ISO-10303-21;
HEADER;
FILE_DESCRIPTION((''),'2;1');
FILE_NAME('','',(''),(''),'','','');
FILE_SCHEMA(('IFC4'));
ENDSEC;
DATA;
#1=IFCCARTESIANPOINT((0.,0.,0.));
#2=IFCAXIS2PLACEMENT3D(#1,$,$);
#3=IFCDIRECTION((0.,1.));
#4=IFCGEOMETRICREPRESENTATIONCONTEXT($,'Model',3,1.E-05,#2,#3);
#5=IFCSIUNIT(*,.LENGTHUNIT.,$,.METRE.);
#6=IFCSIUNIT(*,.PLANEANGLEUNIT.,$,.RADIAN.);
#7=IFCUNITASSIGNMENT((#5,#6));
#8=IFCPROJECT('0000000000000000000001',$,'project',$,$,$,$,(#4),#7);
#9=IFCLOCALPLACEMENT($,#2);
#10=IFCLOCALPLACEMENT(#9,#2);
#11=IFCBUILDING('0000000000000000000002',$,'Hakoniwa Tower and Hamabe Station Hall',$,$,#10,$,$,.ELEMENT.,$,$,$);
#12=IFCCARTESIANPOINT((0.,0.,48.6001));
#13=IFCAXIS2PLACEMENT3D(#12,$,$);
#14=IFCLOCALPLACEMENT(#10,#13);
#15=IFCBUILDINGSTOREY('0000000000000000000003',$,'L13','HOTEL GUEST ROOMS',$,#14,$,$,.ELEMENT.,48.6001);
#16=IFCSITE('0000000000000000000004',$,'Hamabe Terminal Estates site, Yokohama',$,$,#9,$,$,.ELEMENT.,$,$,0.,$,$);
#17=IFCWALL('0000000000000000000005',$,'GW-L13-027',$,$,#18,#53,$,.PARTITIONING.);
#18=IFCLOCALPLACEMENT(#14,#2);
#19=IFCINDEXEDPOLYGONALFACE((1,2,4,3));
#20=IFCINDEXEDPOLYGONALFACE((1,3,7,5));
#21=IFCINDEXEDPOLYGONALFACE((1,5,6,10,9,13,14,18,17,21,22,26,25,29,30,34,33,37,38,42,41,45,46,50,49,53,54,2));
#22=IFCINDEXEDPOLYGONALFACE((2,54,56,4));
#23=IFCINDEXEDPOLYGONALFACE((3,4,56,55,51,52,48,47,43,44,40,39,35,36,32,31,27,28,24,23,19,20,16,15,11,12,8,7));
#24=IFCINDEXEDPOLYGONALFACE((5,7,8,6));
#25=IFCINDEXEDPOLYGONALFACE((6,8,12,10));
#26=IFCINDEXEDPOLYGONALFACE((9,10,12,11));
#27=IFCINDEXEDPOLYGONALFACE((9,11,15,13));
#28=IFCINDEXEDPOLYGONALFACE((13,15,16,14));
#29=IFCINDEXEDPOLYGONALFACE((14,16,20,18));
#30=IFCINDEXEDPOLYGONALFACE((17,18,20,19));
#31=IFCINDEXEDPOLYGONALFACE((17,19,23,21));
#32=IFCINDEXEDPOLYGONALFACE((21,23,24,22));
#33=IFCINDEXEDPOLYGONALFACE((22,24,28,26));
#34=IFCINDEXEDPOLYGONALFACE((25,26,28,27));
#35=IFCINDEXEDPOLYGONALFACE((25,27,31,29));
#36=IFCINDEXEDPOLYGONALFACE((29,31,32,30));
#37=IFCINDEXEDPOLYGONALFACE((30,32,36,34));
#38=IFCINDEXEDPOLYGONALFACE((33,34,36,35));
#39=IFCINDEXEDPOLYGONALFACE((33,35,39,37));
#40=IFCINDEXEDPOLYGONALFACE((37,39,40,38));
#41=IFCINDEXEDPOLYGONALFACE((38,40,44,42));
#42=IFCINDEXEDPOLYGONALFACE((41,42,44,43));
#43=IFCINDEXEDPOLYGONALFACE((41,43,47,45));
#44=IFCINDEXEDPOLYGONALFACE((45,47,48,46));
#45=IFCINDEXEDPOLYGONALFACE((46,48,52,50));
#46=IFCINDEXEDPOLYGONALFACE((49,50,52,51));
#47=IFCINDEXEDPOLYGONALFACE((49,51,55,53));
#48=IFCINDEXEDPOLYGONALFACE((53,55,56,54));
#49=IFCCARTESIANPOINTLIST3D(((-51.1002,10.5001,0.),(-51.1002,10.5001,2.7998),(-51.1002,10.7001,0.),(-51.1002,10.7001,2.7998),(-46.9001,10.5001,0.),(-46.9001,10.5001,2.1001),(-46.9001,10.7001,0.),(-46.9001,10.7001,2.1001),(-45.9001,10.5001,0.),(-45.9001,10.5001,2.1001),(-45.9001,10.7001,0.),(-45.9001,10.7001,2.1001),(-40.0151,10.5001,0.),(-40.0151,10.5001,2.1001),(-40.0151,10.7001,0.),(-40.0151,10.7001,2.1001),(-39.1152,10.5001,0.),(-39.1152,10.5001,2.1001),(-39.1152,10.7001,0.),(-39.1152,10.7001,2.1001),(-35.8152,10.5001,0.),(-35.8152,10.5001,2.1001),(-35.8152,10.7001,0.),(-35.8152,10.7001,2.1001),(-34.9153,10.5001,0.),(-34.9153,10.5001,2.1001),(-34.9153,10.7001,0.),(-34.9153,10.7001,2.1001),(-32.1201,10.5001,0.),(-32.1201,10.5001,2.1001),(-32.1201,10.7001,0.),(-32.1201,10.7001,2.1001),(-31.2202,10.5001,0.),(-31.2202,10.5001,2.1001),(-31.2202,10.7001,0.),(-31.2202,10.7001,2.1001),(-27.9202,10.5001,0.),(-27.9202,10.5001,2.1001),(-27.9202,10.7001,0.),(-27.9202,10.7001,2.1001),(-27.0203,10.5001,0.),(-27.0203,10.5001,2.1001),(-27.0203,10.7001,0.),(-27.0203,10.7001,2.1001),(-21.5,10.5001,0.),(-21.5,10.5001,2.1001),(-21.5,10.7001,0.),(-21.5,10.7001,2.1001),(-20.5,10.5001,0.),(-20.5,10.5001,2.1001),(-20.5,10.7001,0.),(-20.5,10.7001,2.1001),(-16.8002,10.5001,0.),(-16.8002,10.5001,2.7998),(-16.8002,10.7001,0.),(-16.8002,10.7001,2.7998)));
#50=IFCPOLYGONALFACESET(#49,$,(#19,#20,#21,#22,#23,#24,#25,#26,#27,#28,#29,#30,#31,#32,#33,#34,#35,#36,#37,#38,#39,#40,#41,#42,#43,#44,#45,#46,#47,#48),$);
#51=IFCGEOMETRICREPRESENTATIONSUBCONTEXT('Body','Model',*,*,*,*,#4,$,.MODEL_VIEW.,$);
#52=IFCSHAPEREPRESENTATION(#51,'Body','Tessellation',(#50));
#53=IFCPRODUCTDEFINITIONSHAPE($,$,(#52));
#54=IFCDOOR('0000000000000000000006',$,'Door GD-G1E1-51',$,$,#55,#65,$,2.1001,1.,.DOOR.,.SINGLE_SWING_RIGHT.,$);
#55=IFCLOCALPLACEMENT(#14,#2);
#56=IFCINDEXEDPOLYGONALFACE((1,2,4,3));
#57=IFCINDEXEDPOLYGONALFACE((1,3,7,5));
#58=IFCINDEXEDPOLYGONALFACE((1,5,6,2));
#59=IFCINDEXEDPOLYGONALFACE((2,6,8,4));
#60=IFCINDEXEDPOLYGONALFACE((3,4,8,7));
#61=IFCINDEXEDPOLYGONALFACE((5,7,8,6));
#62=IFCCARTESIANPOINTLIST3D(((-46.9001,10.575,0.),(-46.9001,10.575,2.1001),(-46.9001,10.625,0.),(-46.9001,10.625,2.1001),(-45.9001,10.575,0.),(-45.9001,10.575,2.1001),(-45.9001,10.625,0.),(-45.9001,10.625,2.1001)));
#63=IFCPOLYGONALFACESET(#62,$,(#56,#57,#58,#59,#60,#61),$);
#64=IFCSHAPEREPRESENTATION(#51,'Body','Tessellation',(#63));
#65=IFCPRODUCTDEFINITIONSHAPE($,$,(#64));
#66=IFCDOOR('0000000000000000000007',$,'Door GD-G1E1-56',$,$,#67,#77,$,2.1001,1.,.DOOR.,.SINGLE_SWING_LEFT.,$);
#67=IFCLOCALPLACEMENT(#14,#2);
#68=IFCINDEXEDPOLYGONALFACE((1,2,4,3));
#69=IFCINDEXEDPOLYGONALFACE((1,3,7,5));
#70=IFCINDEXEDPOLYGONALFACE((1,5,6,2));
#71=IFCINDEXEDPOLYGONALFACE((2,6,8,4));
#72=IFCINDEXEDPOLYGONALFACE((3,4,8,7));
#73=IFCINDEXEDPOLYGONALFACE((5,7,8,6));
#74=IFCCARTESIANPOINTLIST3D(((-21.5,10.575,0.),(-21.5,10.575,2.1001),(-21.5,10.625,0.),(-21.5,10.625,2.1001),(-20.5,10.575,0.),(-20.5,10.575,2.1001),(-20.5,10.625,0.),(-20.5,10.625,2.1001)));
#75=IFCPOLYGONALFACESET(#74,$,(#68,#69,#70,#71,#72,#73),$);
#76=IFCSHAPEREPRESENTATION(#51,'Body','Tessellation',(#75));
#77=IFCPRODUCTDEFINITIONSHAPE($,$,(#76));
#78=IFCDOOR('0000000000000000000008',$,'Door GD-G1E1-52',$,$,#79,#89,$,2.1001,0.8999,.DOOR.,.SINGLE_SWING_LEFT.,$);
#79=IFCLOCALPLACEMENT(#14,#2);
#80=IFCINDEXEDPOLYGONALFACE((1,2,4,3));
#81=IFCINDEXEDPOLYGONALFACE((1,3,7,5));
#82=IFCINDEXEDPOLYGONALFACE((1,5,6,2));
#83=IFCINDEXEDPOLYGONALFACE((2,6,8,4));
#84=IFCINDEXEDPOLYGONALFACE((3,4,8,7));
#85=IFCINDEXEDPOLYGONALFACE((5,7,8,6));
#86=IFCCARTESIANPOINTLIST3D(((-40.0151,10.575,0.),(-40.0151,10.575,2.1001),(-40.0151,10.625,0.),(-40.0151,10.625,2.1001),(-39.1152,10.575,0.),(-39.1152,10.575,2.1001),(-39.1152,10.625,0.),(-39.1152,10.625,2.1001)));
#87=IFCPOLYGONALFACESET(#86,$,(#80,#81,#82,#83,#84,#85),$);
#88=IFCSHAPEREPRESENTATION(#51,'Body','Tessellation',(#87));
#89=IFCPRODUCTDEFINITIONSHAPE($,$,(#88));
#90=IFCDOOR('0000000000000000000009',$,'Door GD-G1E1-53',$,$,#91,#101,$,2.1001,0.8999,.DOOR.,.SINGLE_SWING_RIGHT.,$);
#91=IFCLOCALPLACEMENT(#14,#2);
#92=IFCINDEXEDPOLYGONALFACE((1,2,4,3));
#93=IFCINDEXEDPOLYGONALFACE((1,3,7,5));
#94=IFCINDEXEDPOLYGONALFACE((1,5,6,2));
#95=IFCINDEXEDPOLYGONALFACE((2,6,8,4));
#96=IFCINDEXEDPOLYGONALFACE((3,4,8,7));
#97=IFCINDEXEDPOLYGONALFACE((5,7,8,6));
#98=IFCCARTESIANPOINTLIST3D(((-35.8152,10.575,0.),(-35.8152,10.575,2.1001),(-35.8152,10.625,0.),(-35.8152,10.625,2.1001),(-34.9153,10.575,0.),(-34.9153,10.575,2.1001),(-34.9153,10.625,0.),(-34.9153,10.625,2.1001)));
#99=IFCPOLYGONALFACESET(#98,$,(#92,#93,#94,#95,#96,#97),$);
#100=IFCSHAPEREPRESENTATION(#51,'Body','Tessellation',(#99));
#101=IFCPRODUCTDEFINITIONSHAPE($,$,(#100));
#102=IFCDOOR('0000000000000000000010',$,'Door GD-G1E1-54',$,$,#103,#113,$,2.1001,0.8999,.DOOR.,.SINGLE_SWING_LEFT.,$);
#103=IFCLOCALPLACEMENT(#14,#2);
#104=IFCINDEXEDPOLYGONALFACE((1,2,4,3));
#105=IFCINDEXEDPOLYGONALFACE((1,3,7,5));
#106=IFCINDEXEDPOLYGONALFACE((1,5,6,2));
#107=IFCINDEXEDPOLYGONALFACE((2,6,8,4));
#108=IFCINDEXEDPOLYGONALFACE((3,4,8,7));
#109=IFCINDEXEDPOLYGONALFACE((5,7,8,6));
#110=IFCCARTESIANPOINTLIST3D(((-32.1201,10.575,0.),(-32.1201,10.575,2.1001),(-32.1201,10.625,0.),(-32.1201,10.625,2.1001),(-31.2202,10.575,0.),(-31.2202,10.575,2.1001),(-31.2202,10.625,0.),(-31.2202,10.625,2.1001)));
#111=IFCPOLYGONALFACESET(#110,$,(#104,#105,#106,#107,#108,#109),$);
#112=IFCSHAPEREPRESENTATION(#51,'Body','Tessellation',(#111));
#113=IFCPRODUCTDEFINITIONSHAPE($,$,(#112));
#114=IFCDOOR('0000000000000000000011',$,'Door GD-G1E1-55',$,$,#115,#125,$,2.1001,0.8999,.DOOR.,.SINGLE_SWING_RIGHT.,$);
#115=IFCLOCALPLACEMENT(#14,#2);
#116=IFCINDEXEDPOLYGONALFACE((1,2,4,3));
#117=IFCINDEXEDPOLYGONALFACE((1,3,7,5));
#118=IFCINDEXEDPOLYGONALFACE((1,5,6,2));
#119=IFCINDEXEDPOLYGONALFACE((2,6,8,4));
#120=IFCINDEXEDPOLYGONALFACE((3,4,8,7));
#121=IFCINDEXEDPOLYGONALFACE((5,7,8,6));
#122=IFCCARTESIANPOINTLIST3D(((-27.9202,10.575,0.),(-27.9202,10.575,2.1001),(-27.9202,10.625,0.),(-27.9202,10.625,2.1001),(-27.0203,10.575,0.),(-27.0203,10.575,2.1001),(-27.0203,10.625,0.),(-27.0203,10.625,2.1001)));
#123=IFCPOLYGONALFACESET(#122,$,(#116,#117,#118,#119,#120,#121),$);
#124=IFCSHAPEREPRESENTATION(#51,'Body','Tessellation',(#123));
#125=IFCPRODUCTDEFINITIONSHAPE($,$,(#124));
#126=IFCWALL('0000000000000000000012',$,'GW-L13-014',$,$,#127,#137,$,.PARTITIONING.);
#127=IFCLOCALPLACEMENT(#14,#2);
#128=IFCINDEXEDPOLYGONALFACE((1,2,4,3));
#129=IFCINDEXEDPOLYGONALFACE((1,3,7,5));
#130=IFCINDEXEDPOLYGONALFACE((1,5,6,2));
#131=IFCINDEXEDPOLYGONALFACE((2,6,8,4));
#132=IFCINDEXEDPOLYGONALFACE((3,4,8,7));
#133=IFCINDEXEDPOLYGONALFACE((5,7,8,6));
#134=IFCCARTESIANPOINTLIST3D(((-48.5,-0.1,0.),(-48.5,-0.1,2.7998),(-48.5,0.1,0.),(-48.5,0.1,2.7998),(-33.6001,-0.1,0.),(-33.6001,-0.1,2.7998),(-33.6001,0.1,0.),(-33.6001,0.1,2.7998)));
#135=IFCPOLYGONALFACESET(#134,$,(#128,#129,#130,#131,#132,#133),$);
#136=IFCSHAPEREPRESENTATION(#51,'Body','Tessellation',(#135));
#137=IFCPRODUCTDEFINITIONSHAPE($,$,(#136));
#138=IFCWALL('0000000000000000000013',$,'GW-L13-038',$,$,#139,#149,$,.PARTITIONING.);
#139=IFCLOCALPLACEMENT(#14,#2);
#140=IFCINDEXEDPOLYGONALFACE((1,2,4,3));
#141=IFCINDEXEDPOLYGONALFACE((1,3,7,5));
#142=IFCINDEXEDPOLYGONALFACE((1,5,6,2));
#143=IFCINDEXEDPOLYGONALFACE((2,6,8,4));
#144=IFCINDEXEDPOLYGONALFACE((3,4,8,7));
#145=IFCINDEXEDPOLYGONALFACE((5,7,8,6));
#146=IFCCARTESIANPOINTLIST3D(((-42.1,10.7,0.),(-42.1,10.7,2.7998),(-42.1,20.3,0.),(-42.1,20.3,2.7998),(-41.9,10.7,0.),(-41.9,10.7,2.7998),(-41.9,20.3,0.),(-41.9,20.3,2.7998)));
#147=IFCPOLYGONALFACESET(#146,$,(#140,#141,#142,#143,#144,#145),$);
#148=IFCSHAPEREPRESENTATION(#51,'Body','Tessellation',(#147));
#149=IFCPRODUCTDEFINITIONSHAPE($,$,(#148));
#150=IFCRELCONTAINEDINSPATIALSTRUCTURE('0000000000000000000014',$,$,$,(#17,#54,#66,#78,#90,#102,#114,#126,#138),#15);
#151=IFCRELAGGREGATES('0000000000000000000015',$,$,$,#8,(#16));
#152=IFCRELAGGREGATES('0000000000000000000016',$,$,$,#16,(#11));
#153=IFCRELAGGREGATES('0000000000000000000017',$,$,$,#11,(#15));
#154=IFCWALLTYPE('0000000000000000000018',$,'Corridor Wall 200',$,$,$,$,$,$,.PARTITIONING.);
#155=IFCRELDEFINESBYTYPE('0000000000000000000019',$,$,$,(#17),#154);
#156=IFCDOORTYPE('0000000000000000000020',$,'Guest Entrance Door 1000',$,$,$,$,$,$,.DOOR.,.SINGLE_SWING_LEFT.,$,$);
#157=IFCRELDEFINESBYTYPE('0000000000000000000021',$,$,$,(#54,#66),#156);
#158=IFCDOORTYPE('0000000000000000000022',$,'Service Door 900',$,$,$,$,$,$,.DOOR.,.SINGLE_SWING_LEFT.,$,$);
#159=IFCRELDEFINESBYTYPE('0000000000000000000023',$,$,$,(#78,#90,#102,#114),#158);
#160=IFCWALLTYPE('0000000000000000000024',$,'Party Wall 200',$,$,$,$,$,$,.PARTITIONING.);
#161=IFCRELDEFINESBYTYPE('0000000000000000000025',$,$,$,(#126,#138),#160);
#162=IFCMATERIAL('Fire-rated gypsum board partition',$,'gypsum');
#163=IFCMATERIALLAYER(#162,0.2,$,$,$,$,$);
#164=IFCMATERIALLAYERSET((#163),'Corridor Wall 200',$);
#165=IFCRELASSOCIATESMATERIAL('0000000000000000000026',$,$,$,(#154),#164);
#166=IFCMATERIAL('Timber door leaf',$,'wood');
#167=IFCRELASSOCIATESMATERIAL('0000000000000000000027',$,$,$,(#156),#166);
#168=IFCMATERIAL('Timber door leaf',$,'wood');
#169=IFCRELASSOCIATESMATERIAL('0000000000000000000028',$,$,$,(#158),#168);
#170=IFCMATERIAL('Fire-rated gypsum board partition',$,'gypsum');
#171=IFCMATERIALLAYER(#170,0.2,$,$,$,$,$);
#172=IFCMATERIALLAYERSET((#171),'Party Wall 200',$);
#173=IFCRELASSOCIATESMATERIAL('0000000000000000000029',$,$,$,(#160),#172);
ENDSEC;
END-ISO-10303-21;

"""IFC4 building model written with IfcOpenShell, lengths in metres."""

from ifc_helpers import new_model, si_unit, direction, frame, frame_2d, origin, place, context, subcontext, project, spatial, rectangle, extrude, material, layer, layer_set, type_object, element, fill, save


model = new_model("IFC4")

# Units and contexts
model_context = context("Model", 3, precision=1e-05, world=origin(), true_north=direction((0.0, 1.0)))
body_context = subcontext(model_context, "Body", "Model", "MODEL_VIEW")
ifc_project = project(units=[si_unit("LENGTHUNIT", "METRE"), si_unit("PLANEANGLEUNIT", "RADIAN")], contexts=[model_context])

# Site, building, storey
site_placement = place(None, origin())
site = spatial("IfcSite", under=ifc_project, at=site_placement, Name="Hamabe Terminal Estates site, Yokohama", CompositionType="ELEMENT", RefElevation=0.0)
building_placement = place(site_placement, origin())
building = spatial("IfcBuilding", under=site, at=building_placement, Name="Hakoniwa Tower and Hamabe Station Hall", CompositionType="ELEMENT")
storey_placement = place(building_placement, frame((0.0, 0.0, 48.6001)))
storey = spatial("IfcBuildingStorey", under=building, at=storey_placement, Name="L13", Description="HOTEL GUEST ROOMS", CompositionType="ELEMENT", Elevation=48.6001)

# Wall, openings, doors
ifc_material_1 = material(Name="Fire-rated gypsum board partition", Category="gypsum")
ifc_layer_1 = layer(ifc_material_1, 0.2)
ifc_layer_set_1 = layer_set([ifc_layer_1], Name="Corridor Wall 200")
wall_type_1 = type_object("IfcWallType", Name="Corridor Wall 200", PredefinedType="PARTITIONING", material=ifc_layer_set_1)
ifc_material_2 = material(Name="Timber door leaf", Category="wood")
door_type_1 = type_object("IfcDoorType", Name="Guest Entrance Door 1000", OperationType="SINGLE_SWING_LEFT", PredefinedType="DOOR", material=ifc_material_2)
wall_1_placement = place(storey_placement, frame((-51.1001, 10.6001, 0.0), z_axis=(0.0, 0.0, 1.0), x_axis=(1.0, 0.0, 0.0)))
wall_1 = element("IfcWall", 1, at=wall_1_placement, inside=storey, type_object=wall_type_1, Name="GW-L13-027", PredefinedType="PARTITIONING", context=body_context, shape_type="SweptSolid", body=[
    extrude(rectangle(XDim=34.3, YDim=0.2, at=frame_2d((17.1499, 0.0))), origin(), (0.0, 0.0, 1.0), 2.7998),
])
opening_1_placement = place(wall_1_placement, frame((4.2, 0.0, 0.0)))
opening_1 = element("IfcOpeningElement", 2, at=opening_1_placement, cuts=wall_1, PredefinedType="OPENING", context=body_context, shape_type="SweptSolid", body=[
    extrude(rectangle(XDim=1.0, YDim=2.1001, at=frame_2d((0.5, 1.05))), frame((0.0, 0.1099, 0.0), z_axis=(0.0, -1.0, 0.0), x_axis=(1.0, 0.0, 0.0)), (0.0, 0.0, 1.0), 0.22),
])
opening_2_placement = place(wall_1_placement, frame((11.085, 0.0, 0.0)))
opening_2 = element("IfcOpeningElement", 3, at=opening_2_placement, cuts=wall_1, PredefinedType="OPENING", context=body_context, shape_type="SweptSolid", body=[
    extrude(rectangle(XDim=0.8999, YDim=2.1001, at=frame_2d((0.45, 1.05))), frame((0.0, 0.1099, 0.0), z_axis=(0.0, -1.0, 0.0), x_axis=(1.0, 0.0, 0.0)), (0.0, 0.0, 1.0), 0.22),
])
opening_3_placement = place(wall_1_placement, frame((15.2849, 0.0, 0.0)))
opening_3 = element("IfcOpeningElement", 4, at=opening_3_placement, cuts=wall_1, PredefinedType="OPENING", context=body_context, shape_type="SweptSolid", body=[
    extrude(rectangle(XDim=0.8999, YDim=2.1001, at=frame_2d((0.45, 1.05))), frame((0.0, 0.1099, 0.0), z_axis=(0.0, -1.0, 0.0), x_axis=(1.0, 0.0, 0.0)), (0.0, 0.0, 1.0), 0.22),
])
opening_4_placement = place(wall_1_placement, frame((18.98, 0.0, 0.0)))
opening_4 = element("IfcOpeningElement", 5, at=opening_4_placement, cuts=wall_1, PredefinedType="OPENING", context=body_context, shape_type="SweptSolid", body=[
    extrude(rectangle(XDim=0.8999, YDim=2.1001, at=frame_2d((0.45, 1.05))), frame((0.0, 0.1099, 0.0), z_axis=(0.0, -1.0, 0.0), x_axis=(1.0, 0.0, 0.0)), (0.0, 0.0, 1.0), 0.22),
])
opening_5_placement = place(wall_1_placement, frame((23.1799, 0.0, 0.0)))
opening_5 = element("IfcOpeningElement", 6, at=opening_5_placement, cuts=wall_1, PredefinedType="OPENING", context=body_context, shape_type="SweptSolid", body=[
    extrude(rectangle(XDim=0.8999, YDim=2.1001, at=frame_2d((0.45, 1.05))), frame((0.0, 0.1099, 0.0), z_axis=(0.0, -1.0, 0.0), x_axis=(1.0, 0.0, 0.0)), (0.0, 0.0, 1.0), 0.22),
])
opening_6_placement = place(wall_1_placement, frame((29.6001, 0.0, 0.0)))
opening_6 = element("IfcOpeningElement", 7, at=opening_6_placement, cuts=wall_1, PredefinedType="OPENING", context=body_context, shape_type="SweptSolid", body=[
    extrude(rectangle(XDim=1.0, YDim=2.1001, at=frame_2d((0.5, 1.05))), frame((0.0, 0.1099, 0.0), z_axis=(0.0, -1.0, 0.0), x_axis=(1.0, 0.0, 0.0)), (0.0, 0.0, 1.0), 0.22),
])
door_1_placement = place(opening_1_placement, origin())
door_1 = element("IfcDoor", 8, at=door_1_placement, inside=storey, type_object=door_type_1, Name="Door GD-G1E1-51", OperationType="SINGLE_SWING_RIGHT", OverallHeight=2.1001, OverallWidth=1.0, PredefinedType="DOOR", context=body_context, shape_type="SweptSolid", body=[
    extrude(rectangle(XDim=1.0, YDim=2.1001, at=frame_2d((0.5, 1.05))), frame((0.0, 0.0249, 0.0), z_axis=(0.0, -1.0, 0.0), x_axis=(1.0, 0.0, 0.0)), (0.0, 0.0, 1.0), 0.05),
])
fill(opening_1, door_1)
door_2_placement = place(opening_6_placement, origin())
door_2 = element("IfcDoor", 9, at=door_2_placement, inside=storey, type_object=door_type_1, Name="Door GD-G1E1-56", OperationType="SINGLE_SWING_LEFT", OverallHeight=2.1001, OverallWidth=1.0, PredefinedType="DOOR", context=body_context, shape_type="SweptSolid", body=[
    extrude(rectangle(XDim=1.0, YDim=2.1001, at=frame_2d((0.5, 1.05))), frame((0.0, 0.0249, 0.0), z_axis=(0.0, -1.0, 0.0), x_axis=(1.0, 0.0, 0.0)), (0.0, 0.0, 1.0), 0.05),
])
fill(opening_6, door_2)
ifc_material_3 = material(Name="Timber door leaf", Category="wood")
door_type_2 = type_object("IfcDoorType", Name="Service Door 900", OperationType="SINGLE_SWING_LEFT", PredefinedType="DOOR", material=ifc_material_3)
door_3_placement = place(opening_2_placement, origin())
door_3 = element("IfcDoor", 10, at=door_3_placement, inside=storey, type_object=door_type_2, Name="Door GD-G1E1-52", OperationType="SINGLE_SWING_LEFT", OverallHeight=2.1001, OverallWidth=0.8999, PredefinedType="DOOR", context=body_context, shape_type="SweptSolid", body=[
    extrude(rectangle(XDim=0.8999, YDim=2.1001, at=frame_2d((0.45, 1.05))), frame((0.0, 0.0249, 0.0), z_axis=(0.0, -1.0, 0.0), x_axis=(1.0, 0.0, 0.0)), (0.0, 0.0, 1.0), 0.05),
])
fill(opening_2, door_3)
door_4_placement = place(opening_3_placement, origin())
door_4 = element("IfcDoor", 11, at=door_4_placement, inside=storey, type_object=door_type_2, Name="Door GD-G1E1-53", OperationType="SINGLE_SWING_RIGHT", OverallHeight=2.1001, OverallWidth=0.8999, PredefinedType="DOOR", context=body_context, shape_type="SweptSolid", body=[
    extrude(rectangle(XDim=0.8999, YDim=2.1001, at=frame_2d((0.45, 1.05))), frame((0.0, 0.0249, 0.0), z_axis=(0.0, -1.0, 0.0), x_axis=(1.0, 0.0, 0.0)), (0.0, 0.0, 1.0), 0.05),
])
fill(opening_3, door_4)
door_5_placement = place(opening_4_placement, origin())
door_5 = element("IfcDoor", 12, at=door_5_placement, inside=storey, type_object=door_type_2, Name="Door GD-G1E1-54", OperationType="SINGLE_SWING_LEFT", OverallHeight=2.1001, OverallWidth=0.8999, PredefinedType="DOOR", context=body_context, shape_type="SweptSolid", body=[
    extrude(rectangle(XDim=0.8999, YDim=2.1001, at=frame_2d((0.45, 1.05))), frame((0.0, 0.0249, 0.0), z_axis=(0.0, -1.0, 0.0), x_axis=(1.0, 0.0, 0.0)), (0.0, 0.0, 1.0), 0.05),
])
fill(opening_4, door_5)
door_6_placement = place(opening_5_placement, origin())
door_6 = element("IfcDoor", 13, at=door_6_placement, inside=storey, type_object=door_type_2, Name="Door GD-G1E1-55", OperationType="SINGLE_SWING_RIGHT", OverallHeight=2.1001, OverallWidth=0.8999, PredefinedType="DOOR", context=body_context, shape_type="SweptSolid", body=[
    extrude(rectangle(XDim=0.8999, YDim=2.1001, at=frame_2d((0.45, 1.05))), frame((0.0, 0.0249, 0.0), z_axis=(0.0, -1.0, 0.0), x_axis=(1.0, 0.0, 0.0)), (0.0, 0.0, 1.0), 0.05),
])
fill(opening_5, door_6)

# Walls
ifc_material_4 = material(Name="Fire-rated gypsum board partition", Category="gypsum")
ifc_layer_2 = layer(ifc_material_4, 0.2)
ifc_layer_set_2 = layer_set([ifc_layer_2], Name="Party Wall 200")
wall_type_2 = type_object("IfcWallType", Name="Party Wall 200", PredefinedType="PARTITIONING", material=ifc_layer_set_2)
wall_2_placement = place(storey_placement, frame((-48.5, 0.0, 0.0), z_axis=(0.0, 0.0, 1.0), x_axis=(1.0, 0.0, 0.0)))
element("IfcWall", 14, at=wall_2_placement, inside=storey, type_object=wall_type_2, Name="GW-L13-014", PredefinedType="PARTITIONING", context=body_context, shape_type="SweptSolid", body=[
    extrude(rectangle(XDim=14.8999, YDim=0.2, at=frame_2d((7.45, 0.0))), origin(), (0.0, 0.0, 1.0), 2.7998),
])
wall_3_placement = place(storey_placement, frame((-42.0, 10.7, 0.0), z_axis=(0.0, 0.0, 1.0), x_axis=(0.0, 1.0, 0.0)))
element("IfcWall", 15, at=wall_3_placement, inside=storey, type_object=wall_type_2, Name="GW-L13-038", PredefinedType="PARTITIONING", context=body_context, shape_type="SweptSolid", body=[
    extrude(rectangle(XDim=9.6001, YDim=0.2, at=frame_2d((4.8, 0.0))), origin(), (0.0, 0.0, 1.0), 2.7998),
])

save(model, "model.ifc")
